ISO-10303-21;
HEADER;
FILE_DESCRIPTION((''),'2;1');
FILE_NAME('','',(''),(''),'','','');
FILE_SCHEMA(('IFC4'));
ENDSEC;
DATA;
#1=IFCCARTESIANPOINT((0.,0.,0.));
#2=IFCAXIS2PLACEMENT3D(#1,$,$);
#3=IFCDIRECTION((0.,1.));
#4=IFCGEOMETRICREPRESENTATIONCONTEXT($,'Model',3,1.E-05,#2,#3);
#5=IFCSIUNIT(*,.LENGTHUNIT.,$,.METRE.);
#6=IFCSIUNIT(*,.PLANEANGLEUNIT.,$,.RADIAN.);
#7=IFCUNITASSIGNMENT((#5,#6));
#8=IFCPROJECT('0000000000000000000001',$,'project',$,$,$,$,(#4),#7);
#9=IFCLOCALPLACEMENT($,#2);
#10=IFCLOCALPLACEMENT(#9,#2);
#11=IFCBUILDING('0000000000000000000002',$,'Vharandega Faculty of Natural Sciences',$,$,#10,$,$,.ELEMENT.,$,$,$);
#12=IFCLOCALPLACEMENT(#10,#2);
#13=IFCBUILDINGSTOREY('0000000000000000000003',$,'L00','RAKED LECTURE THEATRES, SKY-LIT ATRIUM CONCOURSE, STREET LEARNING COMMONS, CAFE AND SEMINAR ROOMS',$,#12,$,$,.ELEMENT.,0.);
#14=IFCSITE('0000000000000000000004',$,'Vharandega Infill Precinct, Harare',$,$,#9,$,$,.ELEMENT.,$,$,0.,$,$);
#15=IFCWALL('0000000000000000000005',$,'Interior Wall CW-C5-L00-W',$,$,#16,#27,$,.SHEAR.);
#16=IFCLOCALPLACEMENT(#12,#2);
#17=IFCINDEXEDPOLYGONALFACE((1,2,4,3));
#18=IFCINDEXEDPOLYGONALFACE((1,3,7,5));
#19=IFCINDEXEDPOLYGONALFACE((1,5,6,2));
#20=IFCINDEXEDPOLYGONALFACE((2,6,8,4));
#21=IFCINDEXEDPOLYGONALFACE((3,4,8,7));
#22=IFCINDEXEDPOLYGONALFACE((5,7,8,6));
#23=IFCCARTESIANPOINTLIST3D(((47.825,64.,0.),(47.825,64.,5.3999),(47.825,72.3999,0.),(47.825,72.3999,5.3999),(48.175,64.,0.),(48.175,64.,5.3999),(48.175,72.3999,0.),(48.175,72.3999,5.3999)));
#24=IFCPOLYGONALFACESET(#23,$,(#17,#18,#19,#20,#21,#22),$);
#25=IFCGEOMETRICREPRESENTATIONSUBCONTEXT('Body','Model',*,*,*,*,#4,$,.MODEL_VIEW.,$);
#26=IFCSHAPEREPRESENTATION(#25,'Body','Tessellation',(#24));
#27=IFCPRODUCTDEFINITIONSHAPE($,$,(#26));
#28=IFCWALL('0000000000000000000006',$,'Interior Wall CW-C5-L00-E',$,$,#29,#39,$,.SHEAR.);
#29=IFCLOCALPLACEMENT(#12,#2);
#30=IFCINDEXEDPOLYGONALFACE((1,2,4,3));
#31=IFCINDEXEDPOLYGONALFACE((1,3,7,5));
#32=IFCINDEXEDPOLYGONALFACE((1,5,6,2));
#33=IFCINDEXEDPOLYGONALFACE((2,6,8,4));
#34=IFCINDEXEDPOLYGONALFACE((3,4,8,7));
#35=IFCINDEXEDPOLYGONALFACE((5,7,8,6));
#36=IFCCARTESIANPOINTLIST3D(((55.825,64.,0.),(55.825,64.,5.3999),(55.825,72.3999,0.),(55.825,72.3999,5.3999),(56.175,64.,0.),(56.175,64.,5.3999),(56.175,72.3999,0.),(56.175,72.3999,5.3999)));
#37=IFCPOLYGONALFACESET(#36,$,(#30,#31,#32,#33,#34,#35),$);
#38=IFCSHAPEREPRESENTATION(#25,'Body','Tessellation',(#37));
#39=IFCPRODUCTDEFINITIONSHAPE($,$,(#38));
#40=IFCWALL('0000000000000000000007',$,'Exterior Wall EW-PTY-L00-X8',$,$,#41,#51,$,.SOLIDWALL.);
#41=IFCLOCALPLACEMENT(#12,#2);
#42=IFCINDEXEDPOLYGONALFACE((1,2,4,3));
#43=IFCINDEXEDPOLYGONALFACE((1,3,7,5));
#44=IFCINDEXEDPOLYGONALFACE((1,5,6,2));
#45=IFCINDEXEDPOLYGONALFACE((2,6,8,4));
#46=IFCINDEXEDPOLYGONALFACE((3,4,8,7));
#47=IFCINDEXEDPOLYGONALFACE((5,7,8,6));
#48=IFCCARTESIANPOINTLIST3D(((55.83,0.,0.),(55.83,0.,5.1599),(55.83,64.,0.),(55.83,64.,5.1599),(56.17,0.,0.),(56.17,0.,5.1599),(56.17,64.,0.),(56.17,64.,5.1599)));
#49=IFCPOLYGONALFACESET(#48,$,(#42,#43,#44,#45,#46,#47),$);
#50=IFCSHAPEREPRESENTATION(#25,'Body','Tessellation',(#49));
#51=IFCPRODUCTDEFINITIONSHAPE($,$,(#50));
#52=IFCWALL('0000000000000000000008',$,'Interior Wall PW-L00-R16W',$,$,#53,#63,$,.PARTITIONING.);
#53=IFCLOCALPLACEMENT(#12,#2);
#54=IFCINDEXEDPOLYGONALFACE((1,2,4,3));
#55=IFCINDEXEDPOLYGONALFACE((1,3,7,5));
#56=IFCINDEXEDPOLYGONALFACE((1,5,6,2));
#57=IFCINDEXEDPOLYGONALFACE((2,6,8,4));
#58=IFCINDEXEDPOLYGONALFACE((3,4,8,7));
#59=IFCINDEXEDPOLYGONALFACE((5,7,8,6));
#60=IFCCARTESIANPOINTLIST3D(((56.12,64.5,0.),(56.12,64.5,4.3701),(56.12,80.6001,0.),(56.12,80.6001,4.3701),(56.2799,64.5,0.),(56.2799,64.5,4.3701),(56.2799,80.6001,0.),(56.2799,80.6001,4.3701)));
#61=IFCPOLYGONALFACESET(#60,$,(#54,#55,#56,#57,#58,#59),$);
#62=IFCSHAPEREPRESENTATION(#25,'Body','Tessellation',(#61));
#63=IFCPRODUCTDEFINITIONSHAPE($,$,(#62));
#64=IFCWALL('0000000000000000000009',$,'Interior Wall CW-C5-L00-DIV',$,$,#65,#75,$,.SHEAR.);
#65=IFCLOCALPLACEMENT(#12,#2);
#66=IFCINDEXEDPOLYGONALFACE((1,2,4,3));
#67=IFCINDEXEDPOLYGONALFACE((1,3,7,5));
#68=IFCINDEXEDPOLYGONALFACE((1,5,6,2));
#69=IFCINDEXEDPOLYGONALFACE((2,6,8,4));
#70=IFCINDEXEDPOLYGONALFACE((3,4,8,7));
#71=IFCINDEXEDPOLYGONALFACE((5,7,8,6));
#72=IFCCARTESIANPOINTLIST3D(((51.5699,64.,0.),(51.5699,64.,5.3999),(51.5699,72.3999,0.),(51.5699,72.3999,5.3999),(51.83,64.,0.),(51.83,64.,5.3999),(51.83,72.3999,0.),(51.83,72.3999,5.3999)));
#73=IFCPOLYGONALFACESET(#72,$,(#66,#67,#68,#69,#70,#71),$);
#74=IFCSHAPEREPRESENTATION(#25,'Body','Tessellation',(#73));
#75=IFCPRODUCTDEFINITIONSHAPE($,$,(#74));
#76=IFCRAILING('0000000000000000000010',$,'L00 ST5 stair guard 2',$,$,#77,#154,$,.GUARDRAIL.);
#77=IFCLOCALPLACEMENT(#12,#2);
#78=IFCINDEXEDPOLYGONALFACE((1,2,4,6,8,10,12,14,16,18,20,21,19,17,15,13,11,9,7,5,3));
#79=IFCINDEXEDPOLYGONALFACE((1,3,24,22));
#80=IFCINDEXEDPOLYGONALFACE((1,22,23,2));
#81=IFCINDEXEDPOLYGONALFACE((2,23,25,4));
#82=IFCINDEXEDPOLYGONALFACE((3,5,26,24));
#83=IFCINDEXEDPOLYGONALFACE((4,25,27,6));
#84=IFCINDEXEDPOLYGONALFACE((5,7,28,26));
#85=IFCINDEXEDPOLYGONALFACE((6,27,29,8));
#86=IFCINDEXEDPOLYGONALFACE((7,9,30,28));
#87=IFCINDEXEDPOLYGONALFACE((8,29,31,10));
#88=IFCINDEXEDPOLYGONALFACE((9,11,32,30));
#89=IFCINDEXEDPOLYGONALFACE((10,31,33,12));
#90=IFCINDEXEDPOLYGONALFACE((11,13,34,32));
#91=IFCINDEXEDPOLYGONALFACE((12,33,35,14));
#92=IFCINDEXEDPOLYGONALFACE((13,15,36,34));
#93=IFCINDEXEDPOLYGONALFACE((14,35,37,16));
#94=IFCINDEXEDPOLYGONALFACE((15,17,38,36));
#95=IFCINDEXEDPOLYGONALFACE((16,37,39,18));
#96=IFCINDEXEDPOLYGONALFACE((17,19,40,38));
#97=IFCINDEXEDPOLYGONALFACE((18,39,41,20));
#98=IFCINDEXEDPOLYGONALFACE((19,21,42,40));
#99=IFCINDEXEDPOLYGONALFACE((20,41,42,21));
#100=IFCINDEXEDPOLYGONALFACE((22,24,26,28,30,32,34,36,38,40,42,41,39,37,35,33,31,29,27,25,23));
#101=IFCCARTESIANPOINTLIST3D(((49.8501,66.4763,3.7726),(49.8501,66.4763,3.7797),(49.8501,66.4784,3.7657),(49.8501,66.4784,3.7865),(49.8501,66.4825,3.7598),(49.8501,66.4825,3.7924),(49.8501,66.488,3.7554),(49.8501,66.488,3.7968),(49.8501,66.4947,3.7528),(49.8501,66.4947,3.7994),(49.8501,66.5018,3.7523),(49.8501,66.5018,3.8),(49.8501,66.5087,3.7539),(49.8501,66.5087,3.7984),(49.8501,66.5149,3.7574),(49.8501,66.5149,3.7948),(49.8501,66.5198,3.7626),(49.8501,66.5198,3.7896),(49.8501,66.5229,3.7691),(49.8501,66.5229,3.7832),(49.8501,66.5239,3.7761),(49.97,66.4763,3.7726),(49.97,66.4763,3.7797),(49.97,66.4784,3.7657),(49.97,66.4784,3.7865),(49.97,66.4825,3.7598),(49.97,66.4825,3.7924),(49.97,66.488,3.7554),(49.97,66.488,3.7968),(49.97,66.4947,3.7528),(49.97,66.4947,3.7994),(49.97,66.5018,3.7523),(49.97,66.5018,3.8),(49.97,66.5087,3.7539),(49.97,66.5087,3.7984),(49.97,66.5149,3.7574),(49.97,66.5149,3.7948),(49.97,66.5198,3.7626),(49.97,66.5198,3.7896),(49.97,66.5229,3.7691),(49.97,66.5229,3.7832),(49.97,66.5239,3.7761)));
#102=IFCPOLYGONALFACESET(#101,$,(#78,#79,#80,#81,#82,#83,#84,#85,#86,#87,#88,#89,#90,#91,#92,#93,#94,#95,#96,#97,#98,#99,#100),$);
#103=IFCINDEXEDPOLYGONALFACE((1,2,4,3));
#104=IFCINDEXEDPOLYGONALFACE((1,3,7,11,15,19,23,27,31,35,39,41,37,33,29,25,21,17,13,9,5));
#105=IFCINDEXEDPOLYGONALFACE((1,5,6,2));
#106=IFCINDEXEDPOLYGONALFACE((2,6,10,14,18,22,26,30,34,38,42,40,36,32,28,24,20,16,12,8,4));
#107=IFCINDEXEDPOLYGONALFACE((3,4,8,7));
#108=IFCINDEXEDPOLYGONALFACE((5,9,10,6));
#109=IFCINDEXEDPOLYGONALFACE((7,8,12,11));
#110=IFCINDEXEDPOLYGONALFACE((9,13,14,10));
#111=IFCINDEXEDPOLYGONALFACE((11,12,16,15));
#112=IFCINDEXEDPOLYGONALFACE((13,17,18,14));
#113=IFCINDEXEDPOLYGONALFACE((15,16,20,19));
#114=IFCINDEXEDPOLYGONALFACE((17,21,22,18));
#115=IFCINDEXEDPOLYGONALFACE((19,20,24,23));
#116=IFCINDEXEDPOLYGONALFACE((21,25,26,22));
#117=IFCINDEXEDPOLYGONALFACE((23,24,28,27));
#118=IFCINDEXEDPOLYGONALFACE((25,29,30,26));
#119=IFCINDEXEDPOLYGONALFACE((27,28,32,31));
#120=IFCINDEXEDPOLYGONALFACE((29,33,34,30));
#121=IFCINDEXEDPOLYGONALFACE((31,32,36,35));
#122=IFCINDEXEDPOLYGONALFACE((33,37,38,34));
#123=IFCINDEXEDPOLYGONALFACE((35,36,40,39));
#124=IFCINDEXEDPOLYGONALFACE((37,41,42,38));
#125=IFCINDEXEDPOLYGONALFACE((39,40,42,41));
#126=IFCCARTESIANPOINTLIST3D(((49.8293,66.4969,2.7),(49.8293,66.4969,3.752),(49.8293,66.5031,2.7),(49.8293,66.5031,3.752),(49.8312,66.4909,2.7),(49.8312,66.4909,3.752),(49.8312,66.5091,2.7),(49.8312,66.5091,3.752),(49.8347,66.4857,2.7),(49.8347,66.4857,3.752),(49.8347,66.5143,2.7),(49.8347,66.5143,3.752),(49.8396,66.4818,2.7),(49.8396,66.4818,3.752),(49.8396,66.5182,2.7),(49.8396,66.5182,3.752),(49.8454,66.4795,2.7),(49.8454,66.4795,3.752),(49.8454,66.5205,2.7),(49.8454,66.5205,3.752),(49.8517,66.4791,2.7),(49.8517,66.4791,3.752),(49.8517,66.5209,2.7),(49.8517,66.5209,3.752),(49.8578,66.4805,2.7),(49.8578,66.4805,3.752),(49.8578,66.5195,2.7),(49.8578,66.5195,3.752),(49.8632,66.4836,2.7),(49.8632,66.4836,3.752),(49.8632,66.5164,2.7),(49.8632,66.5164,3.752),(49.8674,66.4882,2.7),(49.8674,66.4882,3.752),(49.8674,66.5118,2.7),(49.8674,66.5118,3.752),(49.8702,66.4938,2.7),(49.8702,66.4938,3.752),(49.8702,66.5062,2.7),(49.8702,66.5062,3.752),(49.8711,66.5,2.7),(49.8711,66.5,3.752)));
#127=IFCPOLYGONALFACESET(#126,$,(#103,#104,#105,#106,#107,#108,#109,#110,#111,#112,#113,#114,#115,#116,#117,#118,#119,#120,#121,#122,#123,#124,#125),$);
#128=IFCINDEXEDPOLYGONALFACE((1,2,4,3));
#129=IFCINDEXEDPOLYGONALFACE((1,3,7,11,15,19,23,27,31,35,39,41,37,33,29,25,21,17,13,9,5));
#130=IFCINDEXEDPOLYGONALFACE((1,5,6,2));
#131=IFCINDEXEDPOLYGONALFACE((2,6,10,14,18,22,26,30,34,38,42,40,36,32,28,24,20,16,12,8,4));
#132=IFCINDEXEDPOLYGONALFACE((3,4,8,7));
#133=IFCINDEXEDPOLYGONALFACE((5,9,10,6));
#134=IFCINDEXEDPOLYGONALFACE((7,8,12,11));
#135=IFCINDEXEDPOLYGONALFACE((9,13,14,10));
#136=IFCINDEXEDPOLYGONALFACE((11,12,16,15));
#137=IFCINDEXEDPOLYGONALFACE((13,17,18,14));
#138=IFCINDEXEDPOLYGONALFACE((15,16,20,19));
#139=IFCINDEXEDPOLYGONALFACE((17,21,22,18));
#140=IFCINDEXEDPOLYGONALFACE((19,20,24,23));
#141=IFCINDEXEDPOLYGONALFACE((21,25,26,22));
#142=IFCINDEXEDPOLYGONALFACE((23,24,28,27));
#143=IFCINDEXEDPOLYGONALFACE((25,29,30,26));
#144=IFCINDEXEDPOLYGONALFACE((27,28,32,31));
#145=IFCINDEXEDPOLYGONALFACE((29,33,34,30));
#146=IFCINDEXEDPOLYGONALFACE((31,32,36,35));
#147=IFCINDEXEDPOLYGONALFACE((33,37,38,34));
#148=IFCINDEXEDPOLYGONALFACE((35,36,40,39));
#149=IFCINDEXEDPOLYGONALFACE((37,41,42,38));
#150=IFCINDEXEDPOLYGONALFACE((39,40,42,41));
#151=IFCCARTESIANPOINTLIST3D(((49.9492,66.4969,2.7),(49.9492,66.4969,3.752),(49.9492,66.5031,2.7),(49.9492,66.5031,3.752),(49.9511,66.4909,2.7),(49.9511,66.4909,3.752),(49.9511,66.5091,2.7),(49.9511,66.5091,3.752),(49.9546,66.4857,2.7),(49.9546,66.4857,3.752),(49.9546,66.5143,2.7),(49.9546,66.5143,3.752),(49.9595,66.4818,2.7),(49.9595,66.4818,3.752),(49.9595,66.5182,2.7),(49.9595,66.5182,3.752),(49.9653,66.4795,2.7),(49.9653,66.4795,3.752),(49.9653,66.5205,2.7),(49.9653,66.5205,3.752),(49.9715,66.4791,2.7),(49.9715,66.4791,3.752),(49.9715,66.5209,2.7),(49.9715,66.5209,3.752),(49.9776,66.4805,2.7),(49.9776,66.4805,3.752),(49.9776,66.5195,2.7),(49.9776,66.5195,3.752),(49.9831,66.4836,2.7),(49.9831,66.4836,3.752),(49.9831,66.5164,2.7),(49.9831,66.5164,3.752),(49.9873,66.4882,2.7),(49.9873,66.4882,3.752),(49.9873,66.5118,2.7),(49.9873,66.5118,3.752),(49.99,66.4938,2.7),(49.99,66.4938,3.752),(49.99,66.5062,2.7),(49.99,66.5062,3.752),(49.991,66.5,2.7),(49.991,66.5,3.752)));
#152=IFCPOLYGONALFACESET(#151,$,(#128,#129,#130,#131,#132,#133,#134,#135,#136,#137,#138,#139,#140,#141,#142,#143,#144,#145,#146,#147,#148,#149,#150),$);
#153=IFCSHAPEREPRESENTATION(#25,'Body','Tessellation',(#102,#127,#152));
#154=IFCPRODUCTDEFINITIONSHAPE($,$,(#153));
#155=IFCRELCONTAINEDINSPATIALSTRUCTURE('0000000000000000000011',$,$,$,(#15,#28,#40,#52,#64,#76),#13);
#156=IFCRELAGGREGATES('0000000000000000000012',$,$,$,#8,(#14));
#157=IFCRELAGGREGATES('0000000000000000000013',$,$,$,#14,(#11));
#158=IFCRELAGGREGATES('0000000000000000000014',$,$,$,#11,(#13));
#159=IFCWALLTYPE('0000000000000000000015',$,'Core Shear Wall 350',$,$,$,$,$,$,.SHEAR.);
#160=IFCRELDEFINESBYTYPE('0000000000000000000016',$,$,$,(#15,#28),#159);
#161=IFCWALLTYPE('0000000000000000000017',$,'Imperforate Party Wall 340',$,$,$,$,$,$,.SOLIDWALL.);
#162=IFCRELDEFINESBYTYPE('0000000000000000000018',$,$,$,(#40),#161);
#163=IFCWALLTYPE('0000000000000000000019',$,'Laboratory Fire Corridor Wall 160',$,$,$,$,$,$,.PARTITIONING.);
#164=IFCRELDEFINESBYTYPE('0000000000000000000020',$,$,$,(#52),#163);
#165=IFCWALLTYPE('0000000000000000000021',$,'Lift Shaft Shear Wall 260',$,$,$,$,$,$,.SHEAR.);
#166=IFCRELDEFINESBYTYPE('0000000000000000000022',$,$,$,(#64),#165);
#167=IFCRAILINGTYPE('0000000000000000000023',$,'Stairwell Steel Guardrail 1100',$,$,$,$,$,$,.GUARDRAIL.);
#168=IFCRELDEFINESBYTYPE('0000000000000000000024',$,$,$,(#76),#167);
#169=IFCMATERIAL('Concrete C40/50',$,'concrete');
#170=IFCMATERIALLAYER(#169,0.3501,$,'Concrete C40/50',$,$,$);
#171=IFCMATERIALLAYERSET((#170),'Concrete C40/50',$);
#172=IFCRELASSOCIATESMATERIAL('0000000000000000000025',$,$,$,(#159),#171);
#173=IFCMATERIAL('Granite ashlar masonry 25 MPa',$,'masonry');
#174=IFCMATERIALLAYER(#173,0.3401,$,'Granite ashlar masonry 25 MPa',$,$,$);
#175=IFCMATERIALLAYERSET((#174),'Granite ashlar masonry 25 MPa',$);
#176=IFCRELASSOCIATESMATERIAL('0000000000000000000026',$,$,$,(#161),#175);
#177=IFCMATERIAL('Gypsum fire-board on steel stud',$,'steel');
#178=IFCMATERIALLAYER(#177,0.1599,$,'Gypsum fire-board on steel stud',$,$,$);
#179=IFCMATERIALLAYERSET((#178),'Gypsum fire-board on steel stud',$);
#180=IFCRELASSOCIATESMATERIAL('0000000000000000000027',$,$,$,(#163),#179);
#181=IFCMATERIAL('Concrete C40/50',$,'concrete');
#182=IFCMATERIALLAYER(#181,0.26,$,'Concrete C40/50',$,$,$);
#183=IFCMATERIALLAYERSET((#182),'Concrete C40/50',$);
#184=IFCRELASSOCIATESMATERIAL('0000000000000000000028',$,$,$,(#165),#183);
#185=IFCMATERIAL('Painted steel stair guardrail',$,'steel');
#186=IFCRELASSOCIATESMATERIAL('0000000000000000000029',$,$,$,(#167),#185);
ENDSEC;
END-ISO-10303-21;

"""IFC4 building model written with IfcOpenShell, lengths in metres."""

from ifc_helpers import new_model, si_unit, direction, frame, frame_2d, origin, origin_2d, place, context, subcontext, project, spatial, rectangle, circle, extrude, material, layer, layer_set, type_object, element, save


model = new_model("IFC4")

# Units and contexts
model_context = context("Model", 3, precision=1e-05, world=origin(), true_north=direction((0.0, 1.0)))
body_context = subcontext(model_context, "Body", "Model", "MODEL_VIEW")
ifc_project = project(units=[si_unit("LENGTHUNIT", "METRE"), si_unit("PLANEANGLEUNIT", "RADIAN")], contexts=[model_context])

# Site, building, storey
site_placement = place(None, origin())
site = spatial("IfcSite", under=ifc_project, at=site_placement, Name="Vharandega Infill Precinct, Harare", CompositionType="ELEMENT", RefElevation=0.0)
building_placement = place(site_placement, origin())
building = spatial("IfcBuilding", under=site, at=building_placement, Name="Vharandega Faculty of Natural Sciences", CompositionType="ELEMENT")
storey_placement = place(building_placement, origin())
storey = spatial("IfcBuildingStorey", under=building, at=storey_placement, Name="L00", Description="RAKED LECTURE THEATRES, SKY-LIT ATRIUM CONCOURSE, STREET LEARNING COMMONS, CAFE AND SEMINAR ROOMS", CompositionType="ELEMENT", Elevation=0.0)

# Walls
ifc_material_1 = material(Name="Concrete C40/50", Category="concrete")
ifc_layer_1 = layer(ifc_material_1, 0.3501, Name="Concrete C40/50")
ifc_layer_set_1 = layer_set([ifc_layer_1], Name="Concrete C40/50")
wall_type_1 = type_object("IfcWallType", Name="Core Shear Wall 350", PredefinedType="SHEAR", material=ifc_layer_set_1)
for number, where, z_axis, x_axis, name in (
    (1, (48.0, 64.0, 0.0), (0.0, 0.0, 1.0), (0.0, 1.0, 0.0), "Interior Wall CW-C5-L00-W"),
    (2, (56.0, 64.0, 0.0), (0.0, 0.0, 1.0), (0.0, 1.0, 0.0), "Interior Wall CW-C5-L00-E"),
):
    element("IfcWall", number, at=place(storey_placement, frame(where, z_axis=z_axis, x_axis=x_axis)), inside=storey, type_object=wall_type_1, Name=name, PredefinedType="SHEAR", context=body_context, shape_type="SweptSolid", body=[
        extrude(rectangle(XDim=8.3999, YDim=0.3501, at=frame_2d((4.2, 0.0))), origin(), (0.0, 0.0, 1.0), 5.3999),
    ])
ifc_material_2 = material(Name="Granite ashlar masonry 25 MPa", Category="masonry")
ifc_layer_2 = layer(ifc_material_2, 0.3401, Name="Granite ashlar masonry 25 MPa")
ifc_layer_set_2 = layer_set([ifc_layer_2], Name="Granite ashlar masonry 25 MPa")
wall_type_2 = type_object("IfcWallType", Name="Imperforate Party Wall 340", PredefinedType="SOLIDWALL", material=ifc_layer_set_2)
wall_1_placement = place(storey_placement, frame((56.0, 64.0, 0.0), z_axis=(0.0, 0.0, 1.0), x_axis=(0.0, -1.0, 0.0)))
element("IfcWall", 3, at=wall_1_placement, inside=storey, type_object=wall_type_2, Name="Exterior Wall EW-PTY-L00-X8", PredefinedType="SOLIDWALL", context=body_context, shape_type="SweptSolid", body=[
    extrude(rectangle(XDim=64.0, YDim=0.3401, at=frame_2d((32.0, 0.0))), origin(), (0.0, 0.0, 1.0), 5.1599),
])
ifc_material_3 = material(Name="Gypsum fire-board on steel stud", Category="steel")
ifc_layer_3 = layer(ifc_material_3, 0.1599, Name="Gypsum fire-board on steel stud")
ifc_layer_set_3 = layer_set([ifc_layer_3], Name="Gypsum fire-board on steel stud")
wall_type_3 = type_object("IfcWallType", Name="Laboratory Fire Corridor Wall 160", PredefinedType="PARTITIONING", material=ifc_layer_set_3)
wall_2_placement = place(storey_placement, frame((56.2, 64.5, 0.0), z_axis=(0.0, 0.0, 1.0), x_axis=(0.0, 1.0, 0.0)))
element("IfcWall", 4, at=wall_2_placement, inside=storey, type_object=wall_type_3, Name="Interior Wall PW-L00-R16W", PredefinedType="PARTITIONING", context=body_context, shape_type="SweptSolid", body=[
    extrude(rectangle(XDim=16.1001, YDim=0.1599, at=frame_2d((8.05, 0.0))), origin(), (0.0, 0.0, 1.0), 4.3701),
])
ifc_material_4 = material(Name="Concrete C40/50", Category="concrete")
ifc_layer_4 = layer(ifc_material_4, 0.26, Name="Concrete C40/50")
ifc_layer_set_4 = layer_set([ifc_layer_4], Name="Concrete C40/50")
wall_type_4 = type_object("IfcWallType", Name="Lift Shaft Shear Wall 260", PredefinedType="SHEAR", material=ifc_layer_set_4)
wall_3_placement = place(storey_placement, frame((51.7, 64.0, 0.0), z_axis=(0.0, 0.0, 1.0), x_axis=(0.0, 1.0, 0.0)))
element("IfcWall", 5, at=wall_3_placement, inside=storey, type_object=wall_type_4, Name="Interior Wall CW-C5-L00-DIV", PredefinedType="SHEAR", context=body_context, shape_type="SweptSolid", body=[
    extrude(rectangle(XDim=8.3999, YDim=0.26, at=frame_2d((4.2, 0.0))), origin(), (0.0, 0.0, 1.0), 5.3999),
])

# Railing
ifc_material_5 = material(Name="Painted steel stair guardrail", Category="steel")
railing_type = type_object("IfcRailingType", Name="Stairwell Steel Guardrail 1100", PredefinedType="GUARDRAIL", material=ifc_material_5)
railing_1_placement = place(storey_placement, frame((49.8501, 66.5, 2.7)))
element("IfcRailing", 6, at=railing_1_placement, inside=storey, type_object=railing_type, Name="L00 ST5 stair guard 2", PredefinedType="GUARDRAIL", context=body_context, shape_type="SweptSolid", body=[
    extrude(circle(Radius=0.0239, at=origin_2d()), frame((0.0, 0.0, 1.0762), z_axis=(1.0, 0.0, 0.0), x_axis=(0.0, 1.0, 0.0)), (0.0, 0.0, 1.0), 0.1199),
    extrude(circle(Radius=0.021, at=origin_2d()), origin(), (0.0, 0.0, 1.0), 1.052),
    extrude(circle(Radius=0.021, at=origin_2d()), frame((0.1199, 0.0, 0.0)), (0.0, 0.0, 1.0), 1.052),
])

save(model, "model.ifc")
